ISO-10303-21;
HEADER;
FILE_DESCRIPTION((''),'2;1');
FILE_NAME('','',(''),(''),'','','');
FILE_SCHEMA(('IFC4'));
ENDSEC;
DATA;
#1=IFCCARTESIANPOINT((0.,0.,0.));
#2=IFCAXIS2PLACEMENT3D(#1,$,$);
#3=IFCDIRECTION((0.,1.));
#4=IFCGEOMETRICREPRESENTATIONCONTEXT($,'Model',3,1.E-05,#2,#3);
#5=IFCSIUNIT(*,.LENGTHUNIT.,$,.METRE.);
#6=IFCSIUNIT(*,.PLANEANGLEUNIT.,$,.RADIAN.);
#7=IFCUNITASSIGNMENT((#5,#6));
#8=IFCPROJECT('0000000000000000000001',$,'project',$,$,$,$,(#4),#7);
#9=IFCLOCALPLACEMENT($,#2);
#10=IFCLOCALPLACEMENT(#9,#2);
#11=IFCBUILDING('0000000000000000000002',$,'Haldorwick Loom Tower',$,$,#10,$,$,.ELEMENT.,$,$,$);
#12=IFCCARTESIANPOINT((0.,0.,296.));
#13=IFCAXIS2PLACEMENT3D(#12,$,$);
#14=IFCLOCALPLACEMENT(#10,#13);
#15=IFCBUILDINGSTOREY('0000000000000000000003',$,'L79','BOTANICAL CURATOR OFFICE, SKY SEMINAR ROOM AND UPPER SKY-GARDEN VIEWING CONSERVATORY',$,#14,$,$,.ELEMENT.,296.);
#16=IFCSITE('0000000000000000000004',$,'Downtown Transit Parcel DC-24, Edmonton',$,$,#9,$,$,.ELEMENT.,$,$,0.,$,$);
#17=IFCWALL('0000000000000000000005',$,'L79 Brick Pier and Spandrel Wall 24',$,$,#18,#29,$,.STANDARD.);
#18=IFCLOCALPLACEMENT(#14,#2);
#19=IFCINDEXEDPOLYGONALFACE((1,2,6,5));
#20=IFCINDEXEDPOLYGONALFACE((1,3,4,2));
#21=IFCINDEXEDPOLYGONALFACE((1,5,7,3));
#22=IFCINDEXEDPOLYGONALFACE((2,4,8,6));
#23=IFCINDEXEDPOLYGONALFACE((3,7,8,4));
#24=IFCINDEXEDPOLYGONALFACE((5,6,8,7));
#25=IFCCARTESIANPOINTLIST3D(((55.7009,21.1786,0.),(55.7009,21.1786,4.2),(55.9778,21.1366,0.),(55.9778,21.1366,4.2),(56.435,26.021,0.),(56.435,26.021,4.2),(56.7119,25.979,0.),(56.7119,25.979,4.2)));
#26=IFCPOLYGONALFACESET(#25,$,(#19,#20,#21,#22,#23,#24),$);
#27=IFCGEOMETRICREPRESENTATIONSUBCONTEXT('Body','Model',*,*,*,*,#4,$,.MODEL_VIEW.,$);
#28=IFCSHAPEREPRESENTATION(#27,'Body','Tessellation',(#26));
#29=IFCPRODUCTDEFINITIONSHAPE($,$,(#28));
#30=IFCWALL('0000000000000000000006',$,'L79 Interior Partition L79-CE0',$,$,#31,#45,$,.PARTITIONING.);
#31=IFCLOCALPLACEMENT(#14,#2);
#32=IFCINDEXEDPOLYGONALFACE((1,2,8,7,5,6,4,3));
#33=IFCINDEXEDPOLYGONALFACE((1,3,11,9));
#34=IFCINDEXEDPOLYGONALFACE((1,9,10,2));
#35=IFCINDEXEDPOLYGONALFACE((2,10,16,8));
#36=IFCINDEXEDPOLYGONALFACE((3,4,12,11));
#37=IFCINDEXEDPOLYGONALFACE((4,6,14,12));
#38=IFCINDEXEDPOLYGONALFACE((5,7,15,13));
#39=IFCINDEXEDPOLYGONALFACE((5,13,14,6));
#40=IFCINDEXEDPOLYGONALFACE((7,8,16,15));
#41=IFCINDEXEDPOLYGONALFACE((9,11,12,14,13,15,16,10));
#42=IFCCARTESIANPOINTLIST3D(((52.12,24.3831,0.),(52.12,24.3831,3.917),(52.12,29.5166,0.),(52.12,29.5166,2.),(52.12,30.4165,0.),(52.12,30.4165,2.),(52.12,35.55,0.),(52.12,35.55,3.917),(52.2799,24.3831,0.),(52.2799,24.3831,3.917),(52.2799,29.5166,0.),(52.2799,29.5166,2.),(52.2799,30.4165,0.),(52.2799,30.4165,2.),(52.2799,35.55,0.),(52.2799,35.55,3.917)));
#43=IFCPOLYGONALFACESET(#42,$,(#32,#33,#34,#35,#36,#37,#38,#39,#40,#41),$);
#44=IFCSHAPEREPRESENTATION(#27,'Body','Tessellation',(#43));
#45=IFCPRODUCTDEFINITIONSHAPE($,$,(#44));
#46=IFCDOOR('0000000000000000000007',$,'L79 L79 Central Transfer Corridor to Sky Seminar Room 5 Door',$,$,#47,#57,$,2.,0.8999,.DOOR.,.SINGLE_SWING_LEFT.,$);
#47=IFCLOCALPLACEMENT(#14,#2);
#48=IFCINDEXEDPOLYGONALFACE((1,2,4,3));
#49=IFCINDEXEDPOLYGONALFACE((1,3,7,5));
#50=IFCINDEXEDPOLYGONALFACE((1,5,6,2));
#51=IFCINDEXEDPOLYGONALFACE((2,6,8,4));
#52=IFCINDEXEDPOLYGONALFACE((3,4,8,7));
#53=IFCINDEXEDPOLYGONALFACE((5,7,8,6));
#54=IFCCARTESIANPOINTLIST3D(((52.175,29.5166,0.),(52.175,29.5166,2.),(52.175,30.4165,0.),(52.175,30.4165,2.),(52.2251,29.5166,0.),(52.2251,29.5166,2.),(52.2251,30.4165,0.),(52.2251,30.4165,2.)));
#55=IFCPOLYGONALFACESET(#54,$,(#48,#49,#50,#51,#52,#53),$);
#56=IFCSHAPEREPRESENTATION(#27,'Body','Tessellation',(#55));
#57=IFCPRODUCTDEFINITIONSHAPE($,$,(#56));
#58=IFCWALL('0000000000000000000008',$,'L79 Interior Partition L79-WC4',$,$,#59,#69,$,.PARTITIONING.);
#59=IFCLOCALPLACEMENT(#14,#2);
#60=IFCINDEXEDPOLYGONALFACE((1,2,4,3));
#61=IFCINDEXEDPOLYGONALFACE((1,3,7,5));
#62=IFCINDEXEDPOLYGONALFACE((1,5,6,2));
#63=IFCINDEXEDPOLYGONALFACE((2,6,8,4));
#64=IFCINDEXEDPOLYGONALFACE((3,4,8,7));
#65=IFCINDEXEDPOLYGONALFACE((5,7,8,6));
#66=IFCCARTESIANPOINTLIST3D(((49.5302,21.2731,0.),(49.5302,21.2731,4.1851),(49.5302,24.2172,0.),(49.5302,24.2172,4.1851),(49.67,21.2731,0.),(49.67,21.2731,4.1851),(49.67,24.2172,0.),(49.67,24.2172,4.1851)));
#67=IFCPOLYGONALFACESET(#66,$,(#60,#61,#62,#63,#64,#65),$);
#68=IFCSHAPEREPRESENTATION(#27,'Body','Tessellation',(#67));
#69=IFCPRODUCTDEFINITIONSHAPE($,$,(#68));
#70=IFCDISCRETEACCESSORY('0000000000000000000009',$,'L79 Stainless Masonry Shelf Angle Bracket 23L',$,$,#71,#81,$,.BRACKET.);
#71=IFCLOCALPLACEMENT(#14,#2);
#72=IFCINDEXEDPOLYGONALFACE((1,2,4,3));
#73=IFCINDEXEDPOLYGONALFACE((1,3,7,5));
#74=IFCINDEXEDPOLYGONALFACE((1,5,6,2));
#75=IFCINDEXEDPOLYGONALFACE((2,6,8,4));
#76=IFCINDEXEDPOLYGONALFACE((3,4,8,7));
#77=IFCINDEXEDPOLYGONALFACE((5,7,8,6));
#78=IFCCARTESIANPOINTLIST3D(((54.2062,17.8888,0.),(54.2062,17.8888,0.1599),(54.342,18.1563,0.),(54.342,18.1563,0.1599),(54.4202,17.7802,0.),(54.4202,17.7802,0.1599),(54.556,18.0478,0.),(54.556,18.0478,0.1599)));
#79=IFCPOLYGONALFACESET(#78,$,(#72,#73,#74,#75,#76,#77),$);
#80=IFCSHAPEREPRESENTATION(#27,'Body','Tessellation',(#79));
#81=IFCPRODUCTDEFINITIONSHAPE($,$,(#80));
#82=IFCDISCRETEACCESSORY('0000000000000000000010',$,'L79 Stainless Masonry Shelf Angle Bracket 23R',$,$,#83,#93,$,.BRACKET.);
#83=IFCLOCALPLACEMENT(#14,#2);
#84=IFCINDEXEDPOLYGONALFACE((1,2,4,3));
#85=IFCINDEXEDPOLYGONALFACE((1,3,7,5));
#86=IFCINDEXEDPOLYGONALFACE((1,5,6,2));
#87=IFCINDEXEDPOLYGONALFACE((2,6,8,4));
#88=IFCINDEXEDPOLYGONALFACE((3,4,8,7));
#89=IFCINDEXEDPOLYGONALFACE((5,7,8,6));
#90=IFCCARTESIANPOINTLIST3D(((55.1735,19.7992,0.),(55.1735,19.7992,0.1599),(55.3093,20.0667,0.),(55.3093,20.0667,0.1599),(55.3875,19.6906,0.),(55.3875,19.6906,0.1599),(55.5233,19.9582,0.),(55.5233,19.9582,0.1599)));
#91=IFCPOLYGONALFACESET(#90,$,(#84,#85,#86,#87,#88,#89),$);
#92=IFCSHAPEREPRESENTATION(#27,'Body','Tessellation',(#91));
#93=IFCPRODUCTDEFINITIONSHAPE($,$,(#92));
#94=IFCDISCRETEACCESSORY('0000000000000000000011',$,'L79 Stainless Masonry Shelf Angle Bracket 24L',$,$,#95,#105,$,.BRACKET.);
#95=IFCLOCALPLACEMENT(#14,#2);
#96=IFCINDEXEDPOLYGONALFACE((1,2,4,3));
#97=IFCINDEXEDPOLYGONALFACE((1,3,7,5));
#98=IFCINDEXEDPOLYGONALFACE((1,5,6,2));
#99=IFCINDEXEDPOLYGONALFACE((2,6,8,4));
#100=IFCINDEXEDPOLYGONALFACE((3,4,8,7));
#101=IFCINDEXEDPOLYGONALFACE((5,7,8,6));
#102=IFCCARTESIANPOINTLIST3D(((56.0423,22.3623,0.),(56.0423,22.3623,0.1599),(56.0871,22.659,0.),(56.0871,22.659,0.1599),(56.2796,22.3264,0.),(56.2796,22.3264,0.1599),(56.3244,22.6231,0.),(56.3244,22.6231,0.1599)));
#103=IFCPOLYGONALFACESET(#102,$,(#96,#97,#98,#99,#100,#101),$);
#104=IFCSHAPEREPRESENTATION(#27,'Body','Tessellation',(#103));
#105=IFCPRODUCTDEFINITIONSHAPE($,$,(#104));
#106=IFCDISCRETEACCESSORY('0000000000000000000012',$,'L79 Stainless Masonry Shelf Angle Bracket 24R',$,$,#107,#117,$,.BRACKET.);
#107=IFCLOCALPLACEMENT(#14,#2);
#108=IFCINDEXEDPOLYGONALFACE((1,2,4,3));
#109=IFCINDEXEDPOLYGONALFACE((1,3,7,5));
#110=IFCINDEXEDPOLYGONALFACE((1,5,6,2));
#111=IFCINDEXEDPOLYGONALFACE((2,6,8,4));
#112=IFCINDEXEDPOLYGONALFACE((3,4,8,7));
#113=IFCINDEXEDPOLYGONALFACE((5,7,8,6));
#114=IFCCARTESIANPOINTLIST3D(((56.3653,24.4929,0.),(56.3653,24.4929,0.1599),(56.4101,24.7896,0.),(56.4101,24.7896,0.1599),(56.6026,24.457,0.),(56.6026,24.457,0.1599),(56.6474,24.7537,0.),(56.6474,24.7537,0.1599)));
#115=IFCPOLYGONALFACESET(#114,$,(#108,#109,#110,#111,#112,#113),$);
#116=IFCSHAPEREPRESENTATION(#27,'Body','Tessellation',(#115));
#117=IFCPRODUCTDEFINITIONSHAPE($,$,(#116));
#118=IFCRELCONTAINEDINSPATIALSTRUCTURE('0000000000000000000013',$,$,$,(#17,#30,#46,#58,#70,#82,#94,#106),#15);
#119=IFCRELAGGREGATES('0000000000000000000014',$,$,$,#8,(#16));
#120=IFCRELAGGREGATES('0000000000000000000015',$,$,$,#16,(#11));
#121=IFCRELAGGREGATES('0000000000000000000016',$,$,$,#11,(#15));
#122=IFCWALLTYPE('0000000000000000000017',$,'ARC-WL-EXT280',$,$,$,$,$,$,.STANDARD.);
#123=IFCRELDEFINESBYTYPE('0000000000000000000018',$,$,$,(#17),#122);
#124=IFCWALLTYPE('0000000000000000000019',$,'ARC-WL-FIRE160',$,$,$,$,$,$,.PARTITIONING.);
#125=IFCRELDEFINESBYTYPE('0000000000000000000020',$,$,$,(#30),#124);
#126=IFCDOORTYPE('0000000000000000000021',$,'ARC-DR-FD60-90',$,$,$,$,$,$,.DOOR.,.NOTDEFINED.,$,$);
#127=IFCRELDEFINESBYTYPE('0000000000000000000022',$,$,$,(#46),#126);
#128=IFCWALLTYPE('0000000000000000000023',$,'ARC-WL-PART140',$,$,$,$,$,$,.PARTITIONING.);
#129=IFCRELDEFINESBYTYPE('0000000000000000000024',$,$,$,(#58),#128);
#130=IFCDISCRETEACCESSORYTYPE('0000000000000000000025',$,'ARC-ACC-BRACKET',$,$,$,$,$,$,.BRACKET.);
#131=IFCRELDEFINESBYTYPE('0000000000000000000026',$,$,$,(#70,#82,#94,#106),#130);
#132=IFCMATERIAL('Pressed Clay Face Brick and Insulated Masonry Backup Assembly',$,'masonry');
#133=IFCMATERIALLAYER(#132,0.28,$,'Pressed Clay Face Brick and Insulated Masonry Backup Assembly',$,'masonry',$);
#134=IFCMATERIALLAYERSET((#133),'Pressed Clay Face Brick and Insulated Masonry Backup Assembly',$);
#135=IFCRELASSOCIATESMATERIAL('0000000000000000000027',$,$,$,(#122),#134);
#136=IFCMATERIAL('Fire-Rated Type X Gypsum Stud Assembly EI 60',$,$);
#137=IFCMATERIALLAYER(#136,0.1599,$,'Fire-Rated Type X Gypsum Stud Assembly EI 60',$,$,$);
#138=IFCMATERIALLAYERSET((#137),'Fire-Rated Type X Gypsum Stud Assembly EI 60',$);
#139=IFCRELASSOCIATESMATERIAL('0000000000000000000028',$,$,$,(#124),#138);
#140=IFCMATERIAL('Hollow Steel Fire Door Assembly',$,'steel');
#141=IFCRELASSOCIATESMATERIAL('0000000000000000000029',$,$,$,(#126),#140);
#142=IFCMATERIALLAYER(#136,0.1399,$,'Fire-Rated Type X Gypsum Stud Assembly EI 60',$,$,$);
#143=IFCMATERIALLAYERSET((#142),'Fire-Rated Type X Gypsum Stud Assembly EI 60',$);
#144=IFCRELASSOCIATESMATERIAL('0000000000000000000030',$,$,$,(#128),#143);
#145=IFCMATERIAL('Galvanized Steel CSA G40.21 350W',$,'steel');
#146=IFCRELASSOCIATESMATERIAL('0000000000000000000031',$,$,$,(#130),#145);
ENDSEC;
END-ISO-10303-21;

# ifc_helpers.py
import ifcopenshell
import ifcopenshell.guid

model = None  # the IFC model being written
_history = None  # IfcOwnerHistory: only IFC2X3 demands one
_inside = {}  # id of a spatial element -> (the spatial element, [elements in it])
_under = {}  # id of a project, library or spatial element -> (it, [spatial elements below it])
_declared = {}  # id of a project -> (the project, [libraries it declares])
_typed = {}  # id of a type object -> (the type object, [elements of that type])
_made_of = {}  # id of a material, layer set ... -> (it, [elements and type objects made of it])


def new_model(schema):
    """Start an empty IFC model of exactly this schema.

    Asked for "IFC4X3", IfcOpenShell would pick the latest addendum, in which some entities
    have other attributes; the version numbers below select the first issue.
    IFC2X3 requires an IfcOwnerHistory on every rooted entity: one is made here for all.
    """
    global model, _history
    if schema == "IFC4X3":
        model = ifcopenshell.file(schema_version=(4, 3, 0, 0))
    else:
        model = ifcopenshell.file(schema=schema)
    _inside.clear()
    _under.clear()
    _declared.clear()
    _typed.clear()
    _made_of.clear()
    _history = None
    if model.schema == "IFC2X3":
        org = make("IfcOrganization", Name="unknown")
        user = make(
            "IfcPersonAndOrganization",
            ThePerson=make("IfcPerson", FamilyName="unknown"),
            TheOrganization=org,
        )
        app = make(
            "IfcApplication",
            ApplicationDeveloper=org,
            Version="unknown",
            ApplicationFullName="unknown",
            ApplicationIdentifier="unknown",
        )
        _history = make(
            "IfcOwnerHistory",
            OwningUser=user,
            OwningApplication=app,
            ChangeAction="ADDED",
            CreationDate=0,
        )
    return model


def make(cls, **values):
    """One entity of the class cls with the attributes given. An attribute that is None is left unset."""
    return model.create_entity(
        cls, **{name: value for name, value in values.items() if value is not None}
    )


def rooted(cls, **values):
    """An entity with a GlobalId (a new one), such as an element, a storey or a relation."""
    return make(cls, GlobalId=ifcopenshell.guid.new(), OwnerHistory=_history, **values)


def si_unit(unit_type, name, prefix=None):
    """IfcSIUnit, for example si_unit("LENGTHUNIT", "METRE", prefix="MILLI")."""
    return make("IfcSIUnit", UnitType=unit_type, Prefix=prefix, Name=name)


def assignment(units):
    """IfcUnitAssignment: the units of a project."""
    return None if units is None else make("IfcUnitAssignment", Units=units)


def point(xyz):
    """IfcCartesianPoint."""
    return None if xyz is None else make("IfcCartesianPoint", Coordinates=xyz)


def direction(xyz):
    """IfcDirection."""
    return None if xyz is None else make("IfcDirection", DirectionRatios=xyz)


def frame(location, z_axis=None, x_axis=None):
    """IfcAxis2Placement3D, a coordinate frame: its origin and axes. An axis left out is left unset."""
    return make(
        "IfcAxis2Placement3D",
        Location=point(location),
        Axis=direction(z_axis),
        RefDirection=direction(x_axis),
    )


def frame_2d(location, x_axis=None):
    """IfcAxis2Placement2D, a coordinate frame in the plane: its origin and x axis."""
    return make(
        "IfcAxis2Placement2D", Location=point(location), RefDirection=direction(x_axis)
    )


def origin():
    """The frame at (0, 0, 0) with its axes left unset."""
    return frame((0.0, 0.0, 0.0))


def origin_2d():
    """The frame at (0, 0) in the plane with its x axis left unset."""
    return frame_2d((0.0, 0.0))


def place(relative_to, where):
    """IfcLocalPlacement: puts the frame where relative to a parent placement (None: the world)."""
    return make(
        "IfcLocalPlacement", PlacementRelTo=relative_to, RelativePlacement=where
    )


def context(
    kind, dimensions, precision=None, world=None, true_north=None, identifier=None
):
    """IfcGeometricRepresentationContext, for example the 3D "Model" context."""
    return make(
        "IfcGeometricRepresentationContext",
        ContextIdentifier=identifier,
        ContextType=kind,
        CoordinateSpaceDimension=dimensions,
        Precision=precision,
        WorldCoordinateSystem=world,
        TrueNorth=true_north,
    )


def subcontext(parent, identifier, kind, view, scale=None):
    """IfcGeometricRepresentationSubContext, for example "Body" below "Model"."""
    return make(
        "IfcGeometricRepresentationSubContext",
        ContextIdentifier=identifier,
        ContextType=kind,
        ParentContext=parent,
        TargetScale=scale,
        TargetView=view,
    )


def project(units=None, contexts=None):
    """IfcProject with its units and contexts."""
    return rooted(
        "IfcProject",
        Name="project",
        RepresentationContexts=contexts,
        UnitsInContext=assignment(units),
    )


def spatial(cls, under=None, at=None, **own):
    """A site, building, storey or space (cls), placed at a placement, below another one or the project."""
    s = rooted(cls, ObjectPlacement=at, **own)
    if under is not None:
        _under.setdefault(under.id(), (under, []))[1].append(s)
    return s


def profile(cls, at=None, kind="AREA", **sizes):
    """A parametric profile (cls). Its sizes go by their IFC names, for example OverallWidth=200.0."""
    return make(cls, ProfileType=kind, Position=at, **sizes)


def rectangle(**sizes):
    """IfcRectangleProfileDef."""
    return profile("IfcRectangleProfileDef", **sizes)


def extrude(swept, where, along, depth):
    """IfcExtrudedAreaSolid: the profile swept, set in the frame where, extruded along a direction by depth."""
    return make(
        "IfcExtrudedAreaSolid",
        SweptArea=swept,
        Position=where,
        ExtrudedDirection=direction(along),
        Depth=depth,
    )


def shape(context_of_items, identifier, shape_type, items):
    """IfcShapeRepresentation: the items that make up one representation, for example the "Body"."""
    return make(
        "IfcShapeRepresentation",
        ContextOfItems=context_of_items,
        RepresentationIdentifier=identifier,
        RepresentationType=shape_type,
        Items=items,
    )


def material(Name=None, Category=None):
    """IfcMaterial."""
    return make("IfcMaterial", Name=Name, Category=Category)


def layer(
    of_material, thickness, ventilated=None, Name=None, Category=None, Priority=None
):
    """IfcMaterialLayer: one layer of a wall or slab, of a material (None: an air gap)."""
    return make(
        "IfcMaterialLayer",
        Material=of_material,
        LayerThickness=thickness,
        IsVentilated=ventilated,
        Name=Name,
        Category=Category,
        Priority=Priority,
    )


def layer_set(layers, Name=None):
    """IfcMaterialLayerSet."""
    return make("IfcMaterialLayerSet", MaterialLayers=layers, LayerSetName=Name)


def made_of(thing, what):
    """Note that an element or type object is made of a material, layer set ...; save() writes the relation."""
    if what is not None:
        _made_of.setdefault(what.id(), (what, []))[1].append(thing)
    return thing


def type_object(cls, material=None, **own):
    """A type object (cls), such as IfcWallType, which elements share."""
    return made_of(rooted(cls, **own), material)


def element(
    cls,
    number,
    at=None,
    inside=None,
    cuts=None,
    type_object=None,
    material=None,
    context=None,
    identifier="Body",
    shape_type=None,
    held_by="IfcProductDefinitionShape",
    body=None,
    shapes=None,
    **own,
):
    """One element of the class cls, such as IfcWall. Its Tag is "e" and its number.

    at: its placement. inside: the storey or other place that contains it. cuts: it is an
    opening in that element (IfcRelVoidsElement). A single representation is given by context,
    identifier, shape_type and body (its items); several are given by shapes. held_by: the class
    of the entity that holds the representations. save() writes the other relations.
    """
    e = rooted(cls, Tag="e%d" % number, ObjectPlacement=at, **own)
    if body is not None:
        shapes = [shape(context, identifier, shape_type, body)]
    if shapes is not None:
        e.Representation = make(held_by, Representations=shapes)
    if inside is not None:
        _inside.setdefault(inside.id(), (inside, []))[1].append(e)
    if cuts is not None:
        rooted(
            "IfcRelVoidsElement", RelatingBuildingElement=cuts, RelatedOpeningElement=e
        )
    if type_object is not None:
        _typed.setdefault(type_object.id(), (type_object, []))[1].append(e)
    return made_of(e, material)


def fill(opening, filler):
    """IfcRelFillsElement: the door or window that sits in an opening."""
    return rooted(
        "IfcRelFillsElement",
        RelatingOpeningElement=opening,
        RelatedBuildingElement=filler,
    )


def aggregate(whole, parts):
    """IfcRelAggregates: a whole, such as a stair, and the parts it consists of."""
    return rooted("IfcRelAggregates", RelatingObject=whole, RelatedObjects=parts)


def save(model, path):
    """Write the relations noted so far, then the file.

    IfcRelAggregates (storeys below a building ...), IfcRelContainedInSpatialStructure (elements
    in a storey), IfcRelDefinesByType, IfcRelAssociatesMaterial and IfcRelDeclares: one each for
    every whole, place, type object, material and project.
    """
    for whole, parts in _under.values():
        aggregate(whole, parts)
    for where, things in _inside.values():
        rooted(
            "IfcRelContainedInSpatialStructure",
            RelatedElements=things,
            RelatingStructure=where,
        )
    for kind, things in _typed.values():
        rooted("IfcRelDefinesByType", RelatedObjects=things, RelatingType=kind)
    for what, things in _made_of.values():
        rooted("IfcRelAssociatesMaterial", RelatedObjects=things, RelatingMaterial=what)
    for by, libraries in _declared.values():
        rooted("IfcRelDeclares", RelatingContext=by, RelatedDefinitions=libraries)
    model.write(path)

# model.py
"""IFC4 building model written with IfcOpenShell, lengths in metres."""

from ifc_helpers import new_model, si_unit, direction, frame, frame_2d, origin, origin_2d, place, context, subcontext, project, spatial, rectangle, extrude, material, layer, layer_set, type_object, element, fill, save


model = new_model("IFC4")

# Units and contexts
model_context = context("Model", 3, precision=1e-05, world=origin(), true_north=direction((0.0, 1.0)))
body_context = subcontext(model_context, "Body", "Model", "MODEL_VIEW")
ifc_project = project(units=[si_unit("LENGTHUNIT", "METRE"), si_unit("PLANEANGLEUNIT", "RADIAN")], contexts=[model_context])

# Site, building, storey
site_placement = place(None, origin())
site = spatial("IfcSite", under=ifc_project, at=site_placement, Name="Downtown Transit Parcel DC-24, Edmonton", CompositionType="ELEMENT", RefElevation=0.0)
building_placement = place(site_placement, origin())
building = spatial("IfcBuilding", under=site, at=building_placement, Name="Haldorwick Loom Tower", CompositionType="ELEMENT")
storey_placement = place(building_placement, frame((0.0, 0.0, 296.0)))
storey = spatial("IfcBuildingStorey", under=building, at=storey_placement, Name="L79", Description="BOTANICAL CURATOR OFFICE, SKY SEMINAR ROOM AND UPPER SKY-GARDEN VIEWING CONSERVATORY", CompositionType="ELEMENT", Elevation=296.0)

# Wall
ifc_material_1 = material(Name="Pressed Clay Face Brick and Insulated Masonry Backup Assembly", Category="masonry")
ifc_layer_1 = layer(ifc_material_1, 0.28, Name="Pressed Clay Face Brick and Insulated Masonry Backup Assembly", Category="masonry")
ifc_layer_set_1 = layer_set([ifc_layer_1], Name="Pressed Clay Face Brick and Insulated Masonry Backup Assembly")
wall_type_1 = type_object("IfcWallType", Name="ARC-WL-EXT280", PredefinedType="STANDARD", material=ifc_layer_set_1)
wall_1_placement = place(storey_placement, frame((55.8394, 21.1577, 0.0), z_axis=(0.0, 0.0, 1.0), x_axis=(0.149895, 0.988702, 0.0)))
element("IfcWall", 1, at=wall_1_placement, inside=storey, type_object=wall_type_1, Name="L79 Brick Pier and Spandrel Wall 24", PredefinedType="STANDARD", context=body_context, shape_type="SweptSolid", body=[
    extrude(rectangle(XDim=4.8977, YDim=0.28, at=frame_2d((2.4487, 0.0))), origin(), (0.0, 0.0, 1.0), 4.2),
])

# Wall, opening, door
ifc_material_2 = material(Name="Fire-Rated Type X Gypsum Stud Assembly EI 60")
ifc_layer_2 = layer(ifc_material_2, 0.1599, Name="Fire-Rated Type X Gypsum Stud Assembly EI 60")
ifc_layer_set_2 = layer_set([ifc_layer_2], Name="Fire-Rated Type X Gypsum Stud Assembly EI 60")
wall_type_2 = type_object("IfcWallType", Name="ARC-WL-FIRE160", PredefinedType="PARTITIONING", material=ifc_layer_set_2)
wall_2_placement = place(storey_placement, frame((52.2, 24.3831, 0.0), z_axis=(0.0, 0.0, 1.0), x_axis=(0.0, 1.0, 0.0)))
wall_2 = element("IfcWall", 2, at=wall_2_placement, inside=storey, type_object=wall_type_2, Name="L79 Interior Partition L79-CE0", PredefinedType="PARTITIONING", context=body_context, shape_type="SweptSolid", body=[
    extrude(rectangle(XDim=11.167, YDim=0.1599, at=frame_2d((5.5835, 0.0))), origin(), (0.0, 0.0, 1.0), 3.917),
])
opening_placement = place(wall_2_placement, frame((5.1335, 0.0, 0.0)))
opening = element("IfcOpeningElement", 3, at=opening_placement, cuts=wall_2, PredefinedType="OPENING", context=body_context, shape_type="SweptSolid", body=[
    extrude(rectangle(XDim=0.8999, YDim=2.0, at=frame_2d((0.45, 1.0))), frame((0.0, 0.0898, 0.0), z_axis=(0.0, -1.0, 0.0), x_axis=(1.0, 0.0, 0.0)), (0.0, 0.0, 1.0), 0.1799),
])
ifc_material_3 = material(Name="Hollow Steel Fire Door Assembly", Category="steel")
door_type = type_object("IfcDoorType", Name="ARC-DR-FD60-90", OperationType="NOTDEFINED", PredefinedType="DOOR", material=ifc_material_3)
door_placement = place(opening_placement, origin())
door = element("IfcDoor", 4, at=door_placement, inside=storey, type_object=door_type, Name="L79 L79 Central Transfer Corridor to Sky Seminar Room 5 Door", OperationType="SINGLE_SWING_LEFT", OverallHeight=2.0, OverallWidth=0.8999, PredefinedType="DOOR", context=body_context, shape_type="SweptSolid", body=[
    extrude(rectangle(XDim=0.8999, YDim=2.0, at=frame_2d((0.45, 1.0))), frame((0.0, 0.0249, 0.0), z_axis=(0.0, -1.0, 0.0), x_axis=(1.0, 0.0, 0.0)), (0.0, 0.0, 1.0), 0.05),
])
fill(opening, door)

# Wall
ifc_layer_3 = layer(ifc_material_2, 0.1399, Name="Fire-Rated Type X Gypsum Stud Assembly EI 60")
ifc_layer_set_3 = layer_set([ifc_layer_3], Name="Fire-Rated Type X Gypsum Stud Assembly EI 60")
wall_type_3 = type_object("IfcWallType", Name="ARC-WL-PART140", PredefinedType="PARTITIONING", material=ifc_layer_set_3)
wall_3_placement = place(storey_placement, frame((49.6001, 21.2729, 0.0), z_axis=(0.0, 0.0, 1.0), x_axis=(0.0, 1.0, 0.0)))
element("IfcWall", 5, at=wall_3_placement, inside=storey, type_object=wall_type_3, Name="L79 Interior Partition L79-WC4", PredefinedType="PARTITIONING", context=body_context, shape_type="SweptSolid", body=[
    extrude(rectangle(XDim=2.9441, YDim=0.1399, at=frame_2d((1.4722, 0.0))), origin(), (0.0, 0.0, 1.0), 4.1851),
])

# Discrete accessories
ifc_material_4 = material(Name="Galvanized Steel CSA G40.21 350W", Category="steel")
discrete_accessory_type = type_object("IfcDiscreteAccessoryType", Name="ARC-ACC-BRACKET", PredefinedType="BRACKET", material=ifc_material_4)
for number, where, z_axis, x_axis, name in (
    (6, (54.3811, 17.9683, 0.0), (0.0, 0.0, 1.0), (0.452435, 0.891798, 0.0), "L79 Stainless Masonry Shelf Angle Bracket 23L"),
    (7, (55.3484, 19.8787, 0.0), (0.0, 0.0, 1.0), (0.452435, 0.891798, 0.0), "L79 Stainless Masonry Shelf Angle Bracket 23R"),
    (8, (56.1833, 22.4927, 0.0), (0.0, 0.0, 1.0), (0.149535, 0.988756, 0.0), "L79 Stainless Masonry Shelf Angle Bracket 24L"),
    (9, (56.5063, 24.6233, 0.0), (0.0, 0.0, 1.0), (0.149535, 0.988756, 0.0), "L79 Stainless Masonry Shelf Angle Bracket 24R"),
):
    element("IfcDiscreteAccessory", number, at=place(storey_placement, frame(where, z_axis=z_axis, x_axis=x_axis)), inside=storey, type_object=discrete_accessory_type, Name=name, PredefinedType="BRACKET", context=body_context, shape_type="SweptSolid", body=[
        extrude(rectangle(XDim=0.3, YDim=0.24, at=origin_2d()), origin(), (0.0, 0.0, 1.0), 0.1599),
    ])

save(model, "model.ifc")
